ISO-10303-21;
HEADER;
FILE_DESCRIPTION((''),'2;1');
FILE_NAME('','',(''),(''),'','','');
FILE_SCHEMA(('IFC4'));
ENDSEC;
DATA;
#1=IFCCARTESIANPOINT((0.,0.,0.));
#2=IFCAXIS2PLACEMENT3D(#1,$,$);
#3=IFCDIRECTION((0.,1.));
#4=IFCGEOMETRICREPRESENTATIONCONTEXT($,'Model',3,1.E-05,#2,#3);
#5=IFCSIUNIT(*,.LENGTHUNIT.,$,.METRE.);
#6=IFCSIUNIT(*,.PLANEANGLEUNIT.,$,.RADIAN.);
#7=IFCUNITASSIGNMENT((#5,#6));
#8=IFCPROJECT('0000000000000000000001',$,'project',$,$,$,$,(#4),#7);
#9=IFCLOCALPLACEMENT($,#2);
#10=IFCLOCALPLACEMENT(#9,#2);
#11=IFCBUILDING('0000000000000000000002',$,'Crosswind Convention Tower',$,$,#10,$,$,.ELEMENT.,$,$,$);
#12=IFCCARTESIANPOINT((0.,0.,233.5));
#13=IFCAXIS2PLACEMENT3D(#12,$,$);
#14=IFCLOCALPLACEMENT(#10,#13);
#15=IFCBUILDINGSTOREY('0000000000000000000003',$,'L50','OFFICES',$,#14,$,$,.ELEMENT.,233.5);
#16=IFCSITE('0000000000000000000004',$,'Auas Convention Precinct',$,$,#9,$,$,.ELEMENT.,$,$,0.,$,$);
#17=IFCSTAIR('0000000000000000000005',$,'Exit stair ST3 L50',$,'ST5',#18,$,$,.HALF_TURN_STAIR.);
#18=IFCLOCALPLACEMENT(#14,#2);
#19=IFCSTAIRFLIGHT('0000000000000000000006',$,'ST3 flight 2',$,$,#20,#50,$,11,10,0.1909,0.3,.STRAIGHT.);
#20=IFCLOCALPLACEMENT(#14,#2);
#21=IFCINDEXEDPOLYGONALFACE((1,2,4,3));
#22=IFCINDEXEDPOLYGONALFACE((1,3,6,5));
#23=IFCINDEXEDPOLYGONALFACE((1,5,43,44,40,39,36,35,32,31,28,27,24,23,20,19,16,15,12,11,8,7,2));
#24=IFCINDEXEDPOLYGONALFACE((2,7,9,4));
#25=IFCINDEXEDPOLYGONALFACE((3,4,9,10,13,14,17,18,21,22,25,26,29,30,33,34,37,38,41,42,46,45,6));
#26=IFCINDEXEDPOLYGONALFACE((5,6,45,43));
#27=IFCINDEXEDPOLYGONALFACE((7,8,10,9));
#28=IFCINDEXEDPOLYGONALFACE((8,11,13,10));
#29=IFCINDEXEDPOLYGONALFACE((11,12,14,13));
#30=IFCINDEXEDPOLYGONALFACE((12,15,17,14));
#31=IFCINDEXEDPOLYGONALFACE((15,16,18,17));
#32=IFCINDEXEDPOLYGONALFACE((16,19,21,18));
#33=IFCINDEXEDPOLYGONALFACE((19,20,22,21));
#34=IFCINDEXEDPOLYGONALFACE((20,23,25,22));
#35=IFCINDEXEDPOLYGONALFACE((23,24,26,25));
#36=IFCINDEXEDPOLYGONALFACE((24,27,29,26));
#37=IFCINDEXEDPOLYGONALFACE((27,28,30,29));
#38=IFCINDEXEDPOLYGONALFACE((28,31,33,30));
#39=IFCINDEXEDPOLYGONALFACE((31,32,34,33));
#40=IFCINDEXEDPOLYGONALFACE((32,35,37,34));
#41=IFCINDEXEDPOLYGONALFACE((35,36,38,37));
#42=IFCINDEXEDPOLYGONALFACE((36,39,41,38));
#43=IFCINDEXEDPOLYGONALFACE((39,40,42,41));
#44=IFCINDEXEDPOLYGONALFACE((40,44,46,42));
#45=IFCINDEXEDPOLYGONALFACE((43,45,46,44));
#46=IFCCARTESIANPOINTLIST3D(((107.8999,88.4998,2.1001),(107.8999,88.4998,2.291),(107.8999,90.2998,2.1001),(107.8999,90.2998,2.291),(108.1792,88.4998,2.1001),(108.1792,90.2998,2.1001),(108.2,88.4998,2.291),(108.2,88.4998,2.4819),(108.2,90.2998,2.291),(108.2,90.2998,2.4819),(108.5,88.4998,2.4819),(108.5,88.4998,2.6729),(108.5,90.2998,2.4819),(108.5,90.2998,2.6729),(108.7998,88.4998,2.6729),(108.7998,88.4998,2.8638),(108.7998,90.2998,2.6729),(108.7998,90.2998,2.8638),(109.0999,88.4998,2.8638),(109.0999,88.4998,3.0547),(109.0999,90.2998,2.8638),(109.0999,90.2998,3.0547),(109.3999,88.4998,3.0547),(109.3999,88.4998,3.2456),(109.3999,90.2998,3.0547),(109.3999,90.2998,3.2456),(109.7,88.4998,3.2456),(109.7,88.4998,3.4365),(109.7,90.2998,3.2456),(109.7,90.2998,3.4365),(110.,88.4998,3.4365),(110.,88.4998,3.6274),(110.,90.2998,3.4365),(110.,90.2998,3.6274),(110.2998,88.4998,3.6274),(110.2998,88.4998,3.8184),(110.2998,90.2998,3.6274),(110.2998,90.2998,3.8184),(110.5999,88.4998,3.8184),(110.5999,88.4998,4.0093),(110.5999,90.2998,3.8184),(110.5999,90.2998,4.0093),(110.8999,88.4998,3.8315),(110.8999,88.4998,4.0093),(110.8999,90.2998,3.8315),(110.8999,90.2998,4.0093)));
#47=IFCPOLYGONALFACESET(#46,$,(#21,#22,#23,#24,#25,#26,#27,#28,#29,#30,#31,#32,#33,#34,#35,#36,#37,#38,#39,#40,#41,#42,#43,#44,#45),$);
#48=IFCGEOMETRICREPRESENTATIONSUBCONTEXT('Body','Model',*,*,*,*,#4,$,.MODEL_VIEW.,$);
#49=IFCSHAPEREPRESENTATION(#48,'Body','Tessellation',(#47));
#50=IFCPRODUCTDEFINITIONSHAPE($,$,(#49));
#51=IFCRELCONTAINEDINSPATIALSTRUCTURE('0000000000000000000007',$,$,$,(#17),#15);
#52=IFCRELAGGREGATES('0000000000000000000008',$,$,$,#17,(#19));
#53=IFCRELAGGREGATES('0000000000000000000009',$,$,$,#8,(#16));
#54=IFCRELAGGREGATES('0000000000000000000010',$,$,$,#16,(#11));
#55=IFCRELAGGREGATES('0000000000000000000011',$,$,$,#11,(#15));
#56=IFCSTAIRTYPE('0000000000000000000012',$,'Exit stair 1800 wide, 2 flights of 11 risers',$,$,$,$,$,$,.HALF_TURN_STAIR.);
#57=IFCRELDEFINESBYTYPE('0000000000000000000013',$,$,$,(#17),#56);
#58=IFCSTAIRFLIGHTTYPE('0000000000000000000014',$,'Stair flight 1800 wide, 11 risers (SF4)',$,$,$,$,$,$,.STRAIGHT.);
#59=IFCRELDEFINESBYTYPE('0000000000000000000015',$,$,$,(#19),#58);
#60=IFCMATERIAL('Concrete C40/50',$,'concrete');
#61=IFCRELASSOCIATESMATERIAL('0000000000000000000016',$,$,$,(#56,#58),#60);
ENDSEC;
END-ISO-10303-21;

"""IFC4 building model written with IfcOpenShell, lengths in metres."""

from ifc_helpers import new_model, si_unit, direction, frame, origin, place, context, subcontext, project, spatial, polyline, outline, extrude, material, type_object, element, aggregate, save


model = new_model("IFC4")

# Units and contexts
model_context = context("Model", 3, precision=1e-05, world=origin(), true_north=direction((0.0, 1.0)))
body_context = subcontext(model_context, "Body", "Model", "MODEL_VIEW")
ifc_project = project(units=[si_unit("LENGTHUNIT", "METRE"), si_unit("PLANEANGLEUNIT", "RADIAN")], contexts=[model_context])

# Site, building, storey
site_placement = place(None, origin())
site = spatial("IfcSite", under=ifc_project, at=site_placement, Name="Auas Convention Precinct", CompositionType="ELEMENT", RefElevation=0.0)
building_placement = place(site_placement, origin())
building = spatial("IfcBuilding", under=site, at=building_placement, Name="Crosswind Convention Tower", CompositionType="ELEMENT")
storey_placement = place(building_placement, frame((0.0, 0.0, 233.5)))
storey = spatial("IfcBuildingStorey", under=building, at=storey_placement, Name="L50", Description="OFFICES", CompositionType="ELEMENT", Elevation=233.5)

# Shared definitions
ifc_material_1 = material(Name="Concrete C40/50", Category="concrete")

# Stair
stair_type = type_object("IfcStairType", Name="Exit stair 1800 wide, 2 flights of 11 risers", PredefinedType="HALF_TURN_STAIR", material=ifc_material_1)
stair_1_placement = place(storey_placement, origin())
stair_1 = element("IfcStair", 1, at=stair_1_placement, inside=storey, type_object=stair_type, Name="Exit stair ST3 L50", ObjectType="ST5", PredefinedType="HALF_TURN_STAIR")

# Stair flight
stair_flight_type = type_object("IfcStairFlightType", Name="Stair flight 1800 wide, 11 risers (SF4)", PredefinedType="STRAIGHT", material=ifc_material_1)
stair_flight_1_placement = place(storey_placement, frame((107.8999, 89.3999, 2.1001), z_axis=(0.0, 0.0, 1.0), x_axis=(1.0, 0.0, 0.0)))
stair_flight_1 = element("IfcStairFlight", 2, at=stair_flight_1_placement, type_object=stair_flight_type, Name="ST3 flight 2", NumberOfRisers=11, NumberOfTreads=10, PredefinedType="STRAIGHT", RiserHeight=0.1909, TreadLength=0.3, context=body_context, shape_type="SweptSolid", body=[
    extrude(outline(polyline([(0.0, 0.0), (0.0, 0.1909), (0.3, 0.1909), (0.3, 0.3818), (0.6001, 0.3818), (0.6001, 0.5728), (0.8999, 0.5728), (0.8999, 0.7637), (1.2, 0.7637), (1.2, 0.9546), (1.5, 0.9546), (1.5, 1.1455), (1.8, 1.1455), (1.8, 1.3364), (2.1001, 1.3364), (2.1001, 1.5273), (2.3999, 1.5273), (2.3999, 1.7183), (2.7, 1.7183), (2.7, 1.9092), (3.0, 1.9092), (3.0, 2.1001), (3.0, 1.7314), (0.2793, 0.0), (0.0, 0.0)])), frame((0.0, 0.8999, 0.0), z_axis=(0.0, -1.0, 0.0), x_axis=(1.0, 0.0, 0.0)), (0.0, 0.0, 1.0), 1.8),
])
aggregate(stair_1, [stair_flight_1])

save(model, "model.ifc")
